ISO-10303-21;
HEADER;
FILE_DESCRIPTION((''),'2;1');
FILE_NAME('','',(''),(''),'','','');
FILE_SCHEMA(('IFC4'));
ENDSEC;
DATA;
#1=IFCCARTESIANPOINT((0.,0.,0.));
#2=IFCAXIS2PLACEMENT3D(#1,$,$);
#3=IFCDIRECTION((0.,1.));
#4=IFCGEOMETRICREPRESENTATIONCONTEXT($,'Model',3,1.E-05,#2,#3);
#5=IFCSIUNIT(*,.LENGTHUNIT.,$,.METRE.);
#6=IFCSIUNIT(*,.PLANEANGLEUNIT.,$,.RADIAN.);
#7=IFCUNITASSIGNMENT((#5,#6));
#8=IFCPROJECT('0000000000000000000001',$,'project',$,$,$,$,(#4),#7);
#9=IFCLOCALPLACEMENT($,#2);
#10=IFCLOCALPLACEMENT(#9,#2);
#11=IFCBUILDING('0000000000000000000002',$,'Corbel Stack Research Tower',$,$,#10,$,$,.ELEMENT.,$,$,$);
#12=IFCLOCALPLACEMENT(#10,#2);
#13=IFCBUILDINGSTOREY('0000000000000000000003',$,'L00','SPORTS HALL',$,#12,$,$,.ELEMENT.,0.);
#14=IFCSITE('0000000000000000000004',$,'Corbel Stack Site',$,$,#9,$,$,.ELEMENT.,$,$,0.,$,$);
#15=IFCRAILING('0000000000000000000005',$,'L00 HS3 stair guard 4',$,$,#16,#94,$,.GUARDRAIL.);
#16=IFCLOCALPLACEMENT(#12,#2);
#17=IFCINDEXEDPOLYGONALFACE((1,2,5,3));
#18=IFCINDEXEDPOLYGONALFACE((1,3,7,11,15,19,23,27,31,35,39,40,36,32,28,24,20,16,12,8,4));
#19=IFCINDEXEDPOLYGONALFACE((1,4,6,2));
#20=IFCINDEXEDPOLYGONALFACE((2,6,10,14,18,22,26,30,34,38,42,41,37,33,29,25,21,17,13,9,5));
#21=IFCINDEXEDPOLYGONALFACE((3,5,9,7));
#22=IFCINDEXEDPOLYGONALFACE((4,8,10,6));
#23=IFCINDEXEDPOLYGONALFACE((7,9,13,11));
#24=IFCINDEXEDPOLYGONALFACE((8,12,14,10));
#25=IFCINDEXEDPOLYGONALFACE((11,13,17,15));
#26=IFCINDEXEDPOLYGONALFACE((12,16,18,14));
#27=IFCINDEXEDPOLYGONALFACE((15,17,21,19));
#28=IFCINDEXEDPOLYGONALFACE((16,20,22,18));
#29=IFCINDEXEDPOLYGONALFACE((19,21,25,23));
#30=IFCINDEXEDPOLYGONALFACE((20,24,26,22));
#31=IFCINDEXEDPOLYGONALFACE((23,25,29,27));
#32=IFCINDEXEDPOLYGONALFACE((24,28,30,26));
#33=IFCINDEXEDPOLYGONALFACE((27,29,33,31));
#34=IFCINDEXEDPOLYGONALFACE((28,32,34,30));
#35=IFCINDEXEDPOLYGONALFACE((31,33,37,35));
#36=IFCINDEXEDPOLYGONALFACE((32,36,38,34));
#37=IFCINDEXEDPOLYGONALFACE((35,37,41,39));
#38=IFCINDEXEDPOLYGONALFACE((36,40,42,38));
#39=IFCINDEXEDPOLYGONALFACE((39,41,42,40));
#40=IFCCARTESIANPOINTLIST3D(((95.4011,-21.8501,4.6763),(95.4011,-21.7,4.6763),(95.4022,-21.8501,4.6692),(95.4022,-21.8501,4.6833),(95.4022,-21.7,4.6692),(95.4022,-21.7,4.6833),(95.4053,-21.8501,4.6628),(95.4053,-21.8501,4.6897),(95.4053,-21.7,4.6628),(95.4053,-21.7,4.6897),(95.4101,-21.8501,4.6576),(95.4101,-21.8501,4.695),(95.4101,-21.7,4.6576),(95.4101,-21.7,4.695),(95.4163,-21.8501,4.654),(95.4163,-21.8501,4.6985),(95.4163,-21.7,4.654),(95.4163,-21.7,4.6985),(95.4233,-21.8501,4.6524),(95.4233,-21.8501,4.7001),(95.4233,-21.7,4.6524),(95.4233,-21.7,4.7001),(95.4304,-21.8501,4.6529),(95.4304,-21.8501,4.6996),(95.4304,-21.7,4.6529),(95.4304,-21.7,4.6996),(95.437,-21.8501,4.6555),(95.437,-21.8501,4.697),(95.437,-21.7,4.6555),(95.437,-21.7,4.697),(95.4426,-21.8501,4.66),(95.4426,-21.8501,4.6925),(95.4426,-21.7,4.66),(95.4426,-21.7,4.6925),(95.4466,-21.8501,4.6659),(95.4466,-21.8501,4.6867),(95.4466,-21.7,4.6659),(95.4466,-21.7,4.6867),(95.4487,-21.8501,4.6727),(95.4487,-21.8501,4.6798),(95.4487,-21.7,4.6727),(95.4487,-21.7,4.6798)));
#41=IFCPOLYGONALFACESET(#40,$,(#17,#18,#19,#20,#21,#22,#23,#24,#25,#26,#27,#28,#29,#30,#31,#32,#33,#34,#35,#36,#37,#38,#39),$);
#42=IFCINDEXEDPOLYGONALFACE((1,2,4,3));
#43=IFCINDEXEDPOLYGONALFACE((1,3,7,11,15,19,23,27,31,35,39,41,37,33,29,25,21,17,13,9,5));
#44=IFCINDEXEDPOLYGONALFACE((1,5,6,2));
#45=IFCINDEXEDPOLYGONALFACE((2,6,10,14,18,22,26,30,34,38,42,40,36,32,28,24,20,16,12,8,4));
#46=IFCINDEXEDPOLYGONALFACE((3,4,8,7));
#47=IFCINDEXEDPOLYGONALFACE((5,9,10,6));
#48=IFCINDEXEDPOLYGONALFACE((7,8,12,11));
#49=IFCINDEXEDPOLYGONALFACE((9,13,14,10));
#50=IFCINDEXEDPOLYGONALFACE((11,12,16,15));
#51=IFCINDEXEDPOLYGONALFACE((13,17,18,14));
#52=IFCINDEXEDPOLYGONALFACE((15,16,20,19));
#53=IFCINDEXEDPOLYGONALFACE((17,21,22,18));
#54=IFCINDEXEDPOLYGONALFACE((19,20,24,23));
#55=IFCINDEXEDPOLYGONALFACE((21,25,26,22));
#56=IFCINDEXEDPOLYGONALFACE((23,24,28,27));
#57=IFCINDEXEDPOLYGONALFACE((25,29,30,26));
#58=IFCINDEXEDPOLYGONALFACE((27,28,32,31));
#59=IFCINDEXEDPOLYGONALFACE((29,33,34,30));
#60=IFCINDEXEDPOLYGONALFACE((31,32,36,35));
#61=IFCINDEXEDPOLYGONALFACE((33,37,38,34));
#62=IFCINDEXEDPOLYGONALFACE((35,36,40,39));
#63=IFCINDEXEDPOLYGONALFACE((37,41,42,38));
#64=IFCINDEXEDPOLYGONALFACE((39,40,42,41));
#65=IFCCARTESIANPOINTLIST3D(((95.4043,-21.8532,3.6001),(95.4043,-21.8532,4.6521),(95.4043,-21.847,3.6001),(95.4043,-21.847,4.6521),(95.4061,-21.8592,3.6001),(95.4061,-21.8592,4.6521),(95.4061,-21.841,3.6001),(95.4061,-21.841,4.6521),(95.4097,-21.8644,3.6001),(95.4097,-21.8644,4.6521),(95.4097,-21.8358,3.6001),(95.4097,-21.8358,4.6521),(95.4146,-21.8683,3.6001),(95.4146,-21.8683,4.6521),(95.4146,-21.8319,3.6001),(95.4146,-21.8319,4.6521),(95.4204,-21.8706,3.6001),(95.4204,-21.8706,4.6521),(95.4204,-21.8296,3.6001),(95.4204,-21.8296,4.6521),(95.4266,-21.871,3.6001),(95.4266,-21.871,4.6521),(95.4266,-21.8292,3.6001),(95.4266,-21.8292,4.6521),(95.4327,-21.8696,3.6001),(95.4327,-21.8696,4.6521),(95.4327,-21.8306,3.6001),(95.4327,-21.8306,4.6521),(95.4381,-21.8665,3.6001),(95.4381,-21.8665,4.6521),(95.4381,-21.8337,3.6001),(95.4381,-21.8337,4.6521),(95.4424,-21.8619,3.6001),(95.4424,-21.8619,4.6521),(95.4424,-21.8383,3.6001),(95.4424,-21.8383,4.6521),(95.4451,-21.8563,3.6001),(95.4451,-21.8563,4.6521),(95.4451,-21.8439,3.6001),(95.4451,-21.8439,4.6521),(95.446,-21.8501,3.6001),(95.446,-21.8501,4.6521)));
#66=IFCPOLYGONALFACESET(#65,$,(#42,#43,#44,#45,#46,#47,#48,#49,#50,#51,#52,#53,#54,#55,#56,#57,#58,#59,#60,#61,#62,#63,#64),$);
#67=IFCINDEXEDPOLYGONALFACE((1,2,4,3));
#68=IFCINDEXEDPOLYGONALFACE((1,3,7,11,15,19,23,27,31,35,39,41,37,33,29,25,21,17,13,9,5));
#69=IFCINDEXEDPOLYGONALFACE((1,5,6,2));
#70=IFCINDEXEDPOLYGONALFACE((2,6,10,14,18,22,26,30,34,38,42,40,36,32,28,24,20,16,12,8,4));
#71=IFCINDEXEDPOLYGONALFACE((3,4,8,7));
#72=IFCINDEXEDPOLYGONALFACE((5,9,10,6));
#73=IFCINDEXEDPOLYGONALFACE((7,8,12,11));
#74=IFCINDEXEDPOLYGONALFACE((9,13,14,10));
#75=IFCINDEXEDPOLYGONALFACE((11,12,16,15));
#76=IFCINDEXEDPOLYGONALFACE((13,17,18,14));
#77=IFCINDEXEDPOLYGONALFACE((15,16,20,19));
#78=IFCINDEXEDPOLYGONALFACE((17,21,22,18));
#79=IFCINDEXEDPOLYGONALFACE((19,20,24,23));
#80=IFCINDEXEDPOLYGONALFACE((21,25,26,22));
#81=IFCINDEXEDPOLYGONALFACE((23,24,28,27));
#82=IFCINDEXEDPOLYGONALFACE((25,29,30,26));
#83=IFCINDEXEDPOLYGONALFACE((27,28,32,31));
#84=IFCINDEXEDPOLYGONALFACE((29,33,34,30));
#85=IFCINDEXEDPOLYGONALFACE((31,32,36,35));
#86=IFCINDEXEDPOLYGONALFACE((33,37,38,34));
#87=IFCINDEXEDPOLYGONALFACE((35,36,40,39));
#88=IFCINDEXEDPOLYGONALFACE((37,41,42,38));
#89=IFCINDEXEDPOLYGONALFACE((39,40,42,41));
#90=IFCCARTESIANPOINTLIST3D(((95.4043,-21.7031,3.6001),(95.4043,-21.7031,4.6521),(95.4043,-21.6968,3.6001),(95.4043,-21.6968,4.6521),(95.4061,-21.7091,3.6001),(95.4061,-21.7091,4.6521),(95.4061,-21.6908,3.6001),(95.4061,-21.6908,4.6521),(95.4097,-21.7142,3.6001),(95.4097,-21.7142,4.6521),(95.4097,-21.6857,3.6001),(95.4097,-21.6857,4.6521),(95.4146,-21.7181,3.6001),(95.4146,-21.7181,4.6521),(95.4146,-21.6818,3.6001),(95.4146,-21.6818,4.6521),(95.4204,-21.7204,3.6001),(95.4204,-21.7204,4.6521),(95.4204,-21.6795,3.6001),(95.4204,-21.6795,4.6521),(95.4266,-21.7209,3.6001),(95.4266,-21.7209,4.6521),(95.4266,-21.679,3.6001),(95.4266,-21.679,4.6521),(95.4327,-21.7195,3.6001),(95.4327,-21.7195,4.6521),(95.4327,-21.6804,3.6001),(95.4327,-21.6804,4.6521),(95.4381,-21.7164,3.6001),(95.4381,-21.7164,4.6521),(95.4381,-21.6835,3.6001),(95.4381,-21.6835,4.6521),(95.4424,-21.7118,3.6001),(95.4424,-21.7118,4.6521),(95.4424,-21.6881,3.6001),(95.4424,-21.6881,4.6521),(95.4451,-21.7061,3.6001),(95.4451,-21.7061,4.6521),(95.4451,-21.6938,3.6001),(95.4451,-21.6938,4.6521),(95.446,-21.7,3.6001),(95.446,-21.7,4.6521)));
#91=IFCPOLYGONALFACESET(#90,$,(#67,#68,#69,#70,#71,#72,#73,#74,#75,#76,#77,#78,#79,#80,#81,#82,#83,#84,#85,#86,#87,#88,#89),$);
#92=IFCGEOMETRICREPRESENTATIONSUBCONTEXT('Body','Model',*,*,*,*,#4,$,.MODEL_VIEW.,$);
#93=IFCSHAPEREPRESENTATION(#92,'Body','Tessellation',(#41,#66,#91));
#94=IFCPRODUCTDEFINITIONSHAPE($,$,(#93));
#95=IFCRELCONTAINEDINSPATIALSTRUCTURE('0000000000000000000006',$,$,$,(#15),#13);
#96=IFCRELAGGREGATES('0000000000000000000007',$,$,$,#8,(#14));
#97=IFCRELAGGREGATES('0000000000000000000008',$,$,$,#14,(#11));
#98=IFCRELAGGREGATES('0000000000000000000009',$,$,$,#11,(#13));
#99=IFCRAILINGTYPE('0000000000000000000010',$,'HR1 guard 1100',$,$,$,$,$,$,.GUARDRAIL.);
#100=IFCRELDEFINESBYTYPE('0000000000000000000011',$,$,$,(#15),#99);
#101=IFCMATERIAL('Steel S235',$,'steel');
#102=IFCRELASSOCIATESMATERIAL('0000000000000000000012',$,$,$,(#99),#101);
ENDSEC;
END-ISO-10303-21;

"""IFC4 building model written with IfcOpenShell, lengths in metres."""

from ifc_helpers import new_model, si_unit, direction, frame, origin, origin_2d, place, context, subcontext, project, spatial, circle, extrude, material, type_object, element, save


model = new_model("IFC4")

# Units and contexts
model_context = context("Model", 3, precision=1e-05, world=origin(), true_north=direction((0.0, 1.0)))
body_context = subcontext(model_context, "Body", "Model", "MODEL_VIEW")
ifc_project = project(units=[si_unit("LENGTHUNIT", "METRE"), si_unit("PLANEANGLEUNIT", "RADIAN")], contexts=[model_context])

# Site, building, storey
site_placement = place(None, origin())
site = spatial("IfcSite", under=ifc_project, at=site_placement, Name="Corbel Stack Site", CompositionType="ELEMENT", RefElevation=0.0)
building_placement = place(site_placement, origin())
building = spatial("IfcBuilding", under=site, at=building_placement, Name="Corbel Stack Research Tower", CompositionType="ELEMENT")
storey_placement = place(building_placement, origin())
storey = spatial("IfcBuildingStorey", under=building, at=storey_placement, Name="L00", Description="SPORTS HALL", CompositionType="ELEMENT", Elevation=0.0)

# Railing
ifc_material_1 = material(Name="Steel S235", Category="steel")
railing_type_1 = type_object("IfcRailingType", Name="HR1 guard 1100", PredefinedType="GUARDRAIL", material=ifc_material_1)
railing_1_placement = place(storey_placement, frame((95.425, -21.8501, 3.6001)))
element("IfcRailing", 1, at=railing_1_placement, inside=storey, type_object=railing_type_1, Name="L00 HS3 stair guard 4", PredefinedType="GUARDRAIL", context=body_context, shape_type="SweptSolid", body=[
    extrude(circle(Radius=0.0239, at=origin_2d()), frame((0.0, 0.0, 1.0762), z_axis=(0.0, 1.0, 0.0), x_axis=(-1.0, 0.0, 0.0)), (0.0, 0.0, 1.0), 0.1501),
    extrude(circle(Radius=0.021, at=origin_2d()), origin(), (0.0, 0.0, 1.0), 1.052),
    extrude(circle(Radius=0.021, at=origin_2d()), frame((0.0, 0.1501, 0.0)), (0.0, 0.0, 1.0), 1.052),
])

save(model, "model.ifc")
